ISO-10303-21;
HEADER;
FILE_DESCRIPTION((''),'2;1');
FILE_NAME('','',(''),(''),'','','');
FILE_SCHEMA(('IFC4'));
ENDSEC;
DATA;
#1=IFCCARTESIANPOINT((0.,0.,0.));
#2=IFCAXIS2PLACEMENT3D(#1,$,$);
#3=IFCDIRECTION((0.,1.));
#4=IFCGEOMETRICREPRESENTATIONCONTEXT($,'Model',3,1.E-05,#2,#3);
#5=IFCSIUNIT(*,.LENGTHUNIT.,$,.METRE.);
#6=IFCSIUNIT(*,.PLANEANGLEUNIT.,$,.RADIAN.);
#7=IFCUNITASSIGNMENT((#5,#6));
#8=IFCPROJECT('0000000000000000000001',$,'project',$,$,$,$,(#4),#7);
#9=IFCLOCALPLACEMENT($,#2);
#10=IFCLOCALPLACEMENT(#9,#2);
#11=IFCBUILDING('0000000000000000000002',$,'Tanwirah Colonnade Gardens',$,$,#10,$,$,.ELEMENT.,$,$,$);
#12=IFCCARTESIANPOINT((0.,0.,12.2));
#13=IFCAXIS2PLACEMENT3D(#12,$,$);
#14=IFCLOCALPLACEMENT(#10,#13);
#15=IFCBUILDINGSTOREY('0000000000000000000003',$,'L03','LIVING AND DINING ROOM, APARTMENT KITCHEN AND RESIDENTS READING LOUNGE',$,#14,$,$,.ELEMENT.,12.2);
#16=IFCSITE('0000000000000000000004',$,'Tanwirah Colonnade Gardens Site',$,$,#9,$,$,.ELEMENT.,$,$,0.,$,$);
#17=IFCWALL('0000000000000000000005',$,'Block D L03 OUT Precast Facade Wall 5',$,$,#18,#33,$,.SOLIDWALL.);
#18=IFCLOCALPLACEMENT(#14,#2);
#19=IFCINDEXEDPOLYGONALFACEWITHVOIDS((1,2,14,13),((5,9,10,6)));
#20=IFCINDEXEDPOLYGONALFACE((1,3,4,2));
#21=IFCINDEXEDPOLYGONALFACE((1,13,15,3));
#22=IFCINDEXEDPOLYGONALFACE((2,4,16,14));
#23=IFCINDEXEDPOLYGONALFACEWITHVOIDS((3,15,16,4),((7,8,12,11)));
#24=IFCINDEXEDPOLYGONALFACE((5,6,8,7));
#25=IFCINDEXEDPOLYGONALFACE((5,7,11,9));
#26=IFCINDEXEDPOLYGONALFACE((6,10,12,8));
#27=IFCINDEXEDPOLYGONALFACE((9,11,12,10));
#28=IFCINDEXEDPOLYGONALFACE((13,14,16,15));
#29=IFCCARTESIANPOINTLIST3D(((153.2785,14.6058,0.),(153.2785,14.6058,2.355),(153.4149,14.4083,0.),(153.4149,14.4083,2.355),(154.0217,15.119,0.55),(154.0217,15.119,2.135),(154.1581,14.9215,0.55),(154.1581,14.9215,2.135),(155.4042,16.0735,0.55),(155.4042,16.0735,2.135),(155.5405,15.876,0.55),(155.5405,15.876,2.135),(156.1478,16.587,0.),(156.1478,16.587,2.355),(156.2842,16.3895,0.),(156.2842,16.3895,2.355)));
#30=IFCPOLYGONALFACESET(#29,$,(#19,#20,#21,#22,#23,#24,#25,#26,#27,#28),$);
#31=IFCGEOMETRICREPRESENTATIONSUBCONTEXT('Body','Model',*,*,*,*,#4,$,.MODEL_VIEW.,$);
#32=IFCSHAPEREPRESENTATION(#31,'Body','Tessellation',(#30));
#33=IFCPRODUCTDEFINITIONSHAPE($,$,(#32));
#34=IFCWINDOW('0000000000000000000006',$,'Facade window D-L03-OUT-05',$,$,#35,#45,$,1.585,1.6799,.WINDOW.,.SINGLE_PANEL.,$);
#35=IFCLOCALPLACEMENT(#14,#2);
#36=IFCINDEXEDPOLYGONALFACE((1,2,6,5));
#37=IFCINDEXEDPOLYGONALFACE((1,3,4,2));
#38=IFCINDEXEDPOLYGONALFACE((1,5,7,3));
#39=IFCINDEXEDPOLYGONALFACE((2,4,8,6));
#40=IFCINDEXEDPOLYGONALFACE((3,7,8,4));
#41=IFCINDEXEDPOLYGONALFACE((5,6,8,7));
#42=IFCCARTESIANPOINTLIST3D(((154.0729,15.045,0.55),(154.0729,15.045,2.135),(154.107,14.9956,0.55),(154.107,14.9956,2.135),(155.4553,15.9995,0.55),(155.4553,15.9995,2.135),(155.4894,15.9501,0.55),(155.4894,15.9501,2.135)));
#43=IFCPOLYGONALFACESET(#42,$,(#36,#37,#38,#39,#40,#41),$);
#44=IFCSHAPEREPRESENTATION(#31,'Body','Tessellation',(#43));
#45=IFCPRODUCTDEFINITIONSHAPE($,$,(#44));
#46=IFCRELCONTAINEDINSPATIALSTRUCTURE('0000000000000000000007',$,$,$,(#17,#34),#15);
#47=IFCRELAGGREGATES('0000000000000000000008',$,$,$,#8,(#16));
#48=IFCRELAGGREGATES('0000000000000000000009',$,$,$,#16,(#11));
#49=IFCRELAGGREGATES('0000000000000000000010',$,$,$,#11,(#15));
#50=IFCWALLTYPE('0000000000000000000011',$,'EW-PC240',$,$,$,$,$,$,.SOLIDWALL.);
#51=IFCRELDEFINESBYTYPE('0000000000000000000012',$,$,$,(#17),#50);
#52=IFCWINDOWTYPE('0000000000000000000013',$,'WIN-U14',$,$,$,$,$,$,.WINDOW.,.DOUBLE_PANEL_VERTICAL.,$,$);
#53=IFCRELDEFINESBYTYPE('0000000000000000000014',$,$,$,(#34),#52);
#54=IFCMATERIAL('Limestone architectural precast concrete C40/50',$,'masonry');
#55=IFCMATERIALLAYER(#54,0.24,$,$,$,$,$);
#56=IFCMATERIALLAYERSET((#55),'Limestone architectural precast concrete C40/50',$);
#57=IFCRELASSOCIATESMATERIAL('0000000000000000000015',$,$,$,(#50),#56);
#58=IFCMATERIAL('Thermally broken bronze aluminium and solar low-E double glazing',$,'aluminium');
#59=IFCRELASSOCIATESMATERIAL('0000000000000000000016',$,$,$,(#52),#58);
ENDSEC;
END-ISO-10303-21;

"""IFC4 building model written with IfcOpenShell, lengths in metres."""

from ifc_helpers import new_model, si_unit, direction, frame, frame_2d, origin, place, context, subcontext, project, spatial, rectangle, extrude, material, layer, layer_set, type_object, element, fill, save


model = new_model("IFC4")

# Units and contexts
model_context = context("Model", 3, precision=1e-05, world=origin(), true_north=direction((0.0, 1.0)))
body_context = subcontext(model_context, "Body", "Model", "MODEL_VIEW")
ifc_project = project(units=[si_unit("LENGTHUNIT", "METRE"), si_unit("PLANEANGLEUNIT", "RADIAN")], contexts=[model_context])

# Site, building, storey
site_placement = place(None, origin())
site = spatial("IfcSite", under=ifc_project, at=site_placement, Name="Tanwirah Colonnade Gardens Site", CompositionType="ELEMENT", RefElevation=0.0)
building_placement = place(site_placement, origin())
building = spatial("IfcBuilding", under=site, at=building_placement, Name="Tanwirah Colonnade Gardens", CompositionType="ELEMENT")
storey_placement = place(building_placement, frame((0.0, 0.0, 12.2)))
storey = spatial("IfcBuildingStorey", under=building, at=storey_placement, Name="L03", Description="LIVING AND DINING ROOM, APARTMENT KITCHEN AND RESIDENTS READING LOUNGE", CompositionType="ELEMENT", Elevation=12.2)

# Wall, opening, window
ifc_material_1 = material(Name="Limestone architectural precast concrete C40/50", Category="masonry")
ifc_layer_1 = layer(ifc_material_1, 0.24)
ifc_layer_set_1 = layer_set([ifc_layer_1], Name="Limestone architectural precast concrete C40/50")
wall_type = type_object("IfcWallType", Name="EW-PC240", PredefinedType="SOLIDWALL", material=ifc_layer_set_1)
ifc_material_2 = material(Name="Thermally broken bronze aluminium and solar low-E double glazing", Category="aluminium")
wall_1_placement = place(storey_placement, frame((153.3467, 14.5071, 0.0), z_axis=(0.0, 0.0, 1.0), x_axis=(0.822902, 0.568183, 0.0)))
wall_1 = element("IfcWall", 1, at=wall_1_placement, inside=storey, type_object=wall_type, Name="Block D L03 OUT Precast Facade Wall 5", PredefinedType="SOLIDWALL", context=body_context, shape_type="SweptSolid", body=[
    extrude(rectangle(XDim=3.4868, YDim=0.24, at=frame_2d((1.7434, 0.0))), origin(), (0.0, 0.0, 1.0), 2.355),
])
opening_1_placement = place(wall_1_placement, frame((0.9033, 0.0, 0.55)))
opening_1 = element("IfcOpeningElement", 2, at=opening_1_placement, cuts=wall_1, PredefinedType="OPENING", context=body_context, shape_type="SweptSolid", body=[
    extrude(rectangle(XDim=1.6799, YDim=1.585, at=frame_2d((0.8398, 0.7925))), frame((0.0, 0.1299, 0.0), z_axis=(0.0, -1.0, 0.0), x_axis=(1.0, 0.0, 0.0)), (0.0, 0.0, 1.0), 0.26),
])
window_type_1 = type_object("IfcWindowType", Name="WIN-U14", PartitioningType="DOUBLE_PANEL_VERTICAL", PredefinedType="WINDOW", material=ifc_material_2)
window_1_placement = place(opening_1_placement, origin())
window_1 = element("IfcWindow", 3, at=window_1_placement, inside=storey, type_object=window_type_1, Name="Facade window D-L03-OUT-05", OverallHeight=1.585, OverallWidth=1.6799, PartitioningType="SINGLE_PANEL", PredefinedType="WINDOW", context=body_context, shape_type="SweptSolid", body=[
    extrude(rectangle(XDim=1.6799, YDim=1.585, at=frame_2d((0.8398, 0.7925))), frame((0.0, 0.03, 0.0), z_axis=(0.0, -1.0, 0.0), x_axis=(1.0, 0.0, 0.0)), (0.0, 0.0, 1.0), 0.0601),
])
fill(opening_1, window_1)

save(model, "model.ifc")
